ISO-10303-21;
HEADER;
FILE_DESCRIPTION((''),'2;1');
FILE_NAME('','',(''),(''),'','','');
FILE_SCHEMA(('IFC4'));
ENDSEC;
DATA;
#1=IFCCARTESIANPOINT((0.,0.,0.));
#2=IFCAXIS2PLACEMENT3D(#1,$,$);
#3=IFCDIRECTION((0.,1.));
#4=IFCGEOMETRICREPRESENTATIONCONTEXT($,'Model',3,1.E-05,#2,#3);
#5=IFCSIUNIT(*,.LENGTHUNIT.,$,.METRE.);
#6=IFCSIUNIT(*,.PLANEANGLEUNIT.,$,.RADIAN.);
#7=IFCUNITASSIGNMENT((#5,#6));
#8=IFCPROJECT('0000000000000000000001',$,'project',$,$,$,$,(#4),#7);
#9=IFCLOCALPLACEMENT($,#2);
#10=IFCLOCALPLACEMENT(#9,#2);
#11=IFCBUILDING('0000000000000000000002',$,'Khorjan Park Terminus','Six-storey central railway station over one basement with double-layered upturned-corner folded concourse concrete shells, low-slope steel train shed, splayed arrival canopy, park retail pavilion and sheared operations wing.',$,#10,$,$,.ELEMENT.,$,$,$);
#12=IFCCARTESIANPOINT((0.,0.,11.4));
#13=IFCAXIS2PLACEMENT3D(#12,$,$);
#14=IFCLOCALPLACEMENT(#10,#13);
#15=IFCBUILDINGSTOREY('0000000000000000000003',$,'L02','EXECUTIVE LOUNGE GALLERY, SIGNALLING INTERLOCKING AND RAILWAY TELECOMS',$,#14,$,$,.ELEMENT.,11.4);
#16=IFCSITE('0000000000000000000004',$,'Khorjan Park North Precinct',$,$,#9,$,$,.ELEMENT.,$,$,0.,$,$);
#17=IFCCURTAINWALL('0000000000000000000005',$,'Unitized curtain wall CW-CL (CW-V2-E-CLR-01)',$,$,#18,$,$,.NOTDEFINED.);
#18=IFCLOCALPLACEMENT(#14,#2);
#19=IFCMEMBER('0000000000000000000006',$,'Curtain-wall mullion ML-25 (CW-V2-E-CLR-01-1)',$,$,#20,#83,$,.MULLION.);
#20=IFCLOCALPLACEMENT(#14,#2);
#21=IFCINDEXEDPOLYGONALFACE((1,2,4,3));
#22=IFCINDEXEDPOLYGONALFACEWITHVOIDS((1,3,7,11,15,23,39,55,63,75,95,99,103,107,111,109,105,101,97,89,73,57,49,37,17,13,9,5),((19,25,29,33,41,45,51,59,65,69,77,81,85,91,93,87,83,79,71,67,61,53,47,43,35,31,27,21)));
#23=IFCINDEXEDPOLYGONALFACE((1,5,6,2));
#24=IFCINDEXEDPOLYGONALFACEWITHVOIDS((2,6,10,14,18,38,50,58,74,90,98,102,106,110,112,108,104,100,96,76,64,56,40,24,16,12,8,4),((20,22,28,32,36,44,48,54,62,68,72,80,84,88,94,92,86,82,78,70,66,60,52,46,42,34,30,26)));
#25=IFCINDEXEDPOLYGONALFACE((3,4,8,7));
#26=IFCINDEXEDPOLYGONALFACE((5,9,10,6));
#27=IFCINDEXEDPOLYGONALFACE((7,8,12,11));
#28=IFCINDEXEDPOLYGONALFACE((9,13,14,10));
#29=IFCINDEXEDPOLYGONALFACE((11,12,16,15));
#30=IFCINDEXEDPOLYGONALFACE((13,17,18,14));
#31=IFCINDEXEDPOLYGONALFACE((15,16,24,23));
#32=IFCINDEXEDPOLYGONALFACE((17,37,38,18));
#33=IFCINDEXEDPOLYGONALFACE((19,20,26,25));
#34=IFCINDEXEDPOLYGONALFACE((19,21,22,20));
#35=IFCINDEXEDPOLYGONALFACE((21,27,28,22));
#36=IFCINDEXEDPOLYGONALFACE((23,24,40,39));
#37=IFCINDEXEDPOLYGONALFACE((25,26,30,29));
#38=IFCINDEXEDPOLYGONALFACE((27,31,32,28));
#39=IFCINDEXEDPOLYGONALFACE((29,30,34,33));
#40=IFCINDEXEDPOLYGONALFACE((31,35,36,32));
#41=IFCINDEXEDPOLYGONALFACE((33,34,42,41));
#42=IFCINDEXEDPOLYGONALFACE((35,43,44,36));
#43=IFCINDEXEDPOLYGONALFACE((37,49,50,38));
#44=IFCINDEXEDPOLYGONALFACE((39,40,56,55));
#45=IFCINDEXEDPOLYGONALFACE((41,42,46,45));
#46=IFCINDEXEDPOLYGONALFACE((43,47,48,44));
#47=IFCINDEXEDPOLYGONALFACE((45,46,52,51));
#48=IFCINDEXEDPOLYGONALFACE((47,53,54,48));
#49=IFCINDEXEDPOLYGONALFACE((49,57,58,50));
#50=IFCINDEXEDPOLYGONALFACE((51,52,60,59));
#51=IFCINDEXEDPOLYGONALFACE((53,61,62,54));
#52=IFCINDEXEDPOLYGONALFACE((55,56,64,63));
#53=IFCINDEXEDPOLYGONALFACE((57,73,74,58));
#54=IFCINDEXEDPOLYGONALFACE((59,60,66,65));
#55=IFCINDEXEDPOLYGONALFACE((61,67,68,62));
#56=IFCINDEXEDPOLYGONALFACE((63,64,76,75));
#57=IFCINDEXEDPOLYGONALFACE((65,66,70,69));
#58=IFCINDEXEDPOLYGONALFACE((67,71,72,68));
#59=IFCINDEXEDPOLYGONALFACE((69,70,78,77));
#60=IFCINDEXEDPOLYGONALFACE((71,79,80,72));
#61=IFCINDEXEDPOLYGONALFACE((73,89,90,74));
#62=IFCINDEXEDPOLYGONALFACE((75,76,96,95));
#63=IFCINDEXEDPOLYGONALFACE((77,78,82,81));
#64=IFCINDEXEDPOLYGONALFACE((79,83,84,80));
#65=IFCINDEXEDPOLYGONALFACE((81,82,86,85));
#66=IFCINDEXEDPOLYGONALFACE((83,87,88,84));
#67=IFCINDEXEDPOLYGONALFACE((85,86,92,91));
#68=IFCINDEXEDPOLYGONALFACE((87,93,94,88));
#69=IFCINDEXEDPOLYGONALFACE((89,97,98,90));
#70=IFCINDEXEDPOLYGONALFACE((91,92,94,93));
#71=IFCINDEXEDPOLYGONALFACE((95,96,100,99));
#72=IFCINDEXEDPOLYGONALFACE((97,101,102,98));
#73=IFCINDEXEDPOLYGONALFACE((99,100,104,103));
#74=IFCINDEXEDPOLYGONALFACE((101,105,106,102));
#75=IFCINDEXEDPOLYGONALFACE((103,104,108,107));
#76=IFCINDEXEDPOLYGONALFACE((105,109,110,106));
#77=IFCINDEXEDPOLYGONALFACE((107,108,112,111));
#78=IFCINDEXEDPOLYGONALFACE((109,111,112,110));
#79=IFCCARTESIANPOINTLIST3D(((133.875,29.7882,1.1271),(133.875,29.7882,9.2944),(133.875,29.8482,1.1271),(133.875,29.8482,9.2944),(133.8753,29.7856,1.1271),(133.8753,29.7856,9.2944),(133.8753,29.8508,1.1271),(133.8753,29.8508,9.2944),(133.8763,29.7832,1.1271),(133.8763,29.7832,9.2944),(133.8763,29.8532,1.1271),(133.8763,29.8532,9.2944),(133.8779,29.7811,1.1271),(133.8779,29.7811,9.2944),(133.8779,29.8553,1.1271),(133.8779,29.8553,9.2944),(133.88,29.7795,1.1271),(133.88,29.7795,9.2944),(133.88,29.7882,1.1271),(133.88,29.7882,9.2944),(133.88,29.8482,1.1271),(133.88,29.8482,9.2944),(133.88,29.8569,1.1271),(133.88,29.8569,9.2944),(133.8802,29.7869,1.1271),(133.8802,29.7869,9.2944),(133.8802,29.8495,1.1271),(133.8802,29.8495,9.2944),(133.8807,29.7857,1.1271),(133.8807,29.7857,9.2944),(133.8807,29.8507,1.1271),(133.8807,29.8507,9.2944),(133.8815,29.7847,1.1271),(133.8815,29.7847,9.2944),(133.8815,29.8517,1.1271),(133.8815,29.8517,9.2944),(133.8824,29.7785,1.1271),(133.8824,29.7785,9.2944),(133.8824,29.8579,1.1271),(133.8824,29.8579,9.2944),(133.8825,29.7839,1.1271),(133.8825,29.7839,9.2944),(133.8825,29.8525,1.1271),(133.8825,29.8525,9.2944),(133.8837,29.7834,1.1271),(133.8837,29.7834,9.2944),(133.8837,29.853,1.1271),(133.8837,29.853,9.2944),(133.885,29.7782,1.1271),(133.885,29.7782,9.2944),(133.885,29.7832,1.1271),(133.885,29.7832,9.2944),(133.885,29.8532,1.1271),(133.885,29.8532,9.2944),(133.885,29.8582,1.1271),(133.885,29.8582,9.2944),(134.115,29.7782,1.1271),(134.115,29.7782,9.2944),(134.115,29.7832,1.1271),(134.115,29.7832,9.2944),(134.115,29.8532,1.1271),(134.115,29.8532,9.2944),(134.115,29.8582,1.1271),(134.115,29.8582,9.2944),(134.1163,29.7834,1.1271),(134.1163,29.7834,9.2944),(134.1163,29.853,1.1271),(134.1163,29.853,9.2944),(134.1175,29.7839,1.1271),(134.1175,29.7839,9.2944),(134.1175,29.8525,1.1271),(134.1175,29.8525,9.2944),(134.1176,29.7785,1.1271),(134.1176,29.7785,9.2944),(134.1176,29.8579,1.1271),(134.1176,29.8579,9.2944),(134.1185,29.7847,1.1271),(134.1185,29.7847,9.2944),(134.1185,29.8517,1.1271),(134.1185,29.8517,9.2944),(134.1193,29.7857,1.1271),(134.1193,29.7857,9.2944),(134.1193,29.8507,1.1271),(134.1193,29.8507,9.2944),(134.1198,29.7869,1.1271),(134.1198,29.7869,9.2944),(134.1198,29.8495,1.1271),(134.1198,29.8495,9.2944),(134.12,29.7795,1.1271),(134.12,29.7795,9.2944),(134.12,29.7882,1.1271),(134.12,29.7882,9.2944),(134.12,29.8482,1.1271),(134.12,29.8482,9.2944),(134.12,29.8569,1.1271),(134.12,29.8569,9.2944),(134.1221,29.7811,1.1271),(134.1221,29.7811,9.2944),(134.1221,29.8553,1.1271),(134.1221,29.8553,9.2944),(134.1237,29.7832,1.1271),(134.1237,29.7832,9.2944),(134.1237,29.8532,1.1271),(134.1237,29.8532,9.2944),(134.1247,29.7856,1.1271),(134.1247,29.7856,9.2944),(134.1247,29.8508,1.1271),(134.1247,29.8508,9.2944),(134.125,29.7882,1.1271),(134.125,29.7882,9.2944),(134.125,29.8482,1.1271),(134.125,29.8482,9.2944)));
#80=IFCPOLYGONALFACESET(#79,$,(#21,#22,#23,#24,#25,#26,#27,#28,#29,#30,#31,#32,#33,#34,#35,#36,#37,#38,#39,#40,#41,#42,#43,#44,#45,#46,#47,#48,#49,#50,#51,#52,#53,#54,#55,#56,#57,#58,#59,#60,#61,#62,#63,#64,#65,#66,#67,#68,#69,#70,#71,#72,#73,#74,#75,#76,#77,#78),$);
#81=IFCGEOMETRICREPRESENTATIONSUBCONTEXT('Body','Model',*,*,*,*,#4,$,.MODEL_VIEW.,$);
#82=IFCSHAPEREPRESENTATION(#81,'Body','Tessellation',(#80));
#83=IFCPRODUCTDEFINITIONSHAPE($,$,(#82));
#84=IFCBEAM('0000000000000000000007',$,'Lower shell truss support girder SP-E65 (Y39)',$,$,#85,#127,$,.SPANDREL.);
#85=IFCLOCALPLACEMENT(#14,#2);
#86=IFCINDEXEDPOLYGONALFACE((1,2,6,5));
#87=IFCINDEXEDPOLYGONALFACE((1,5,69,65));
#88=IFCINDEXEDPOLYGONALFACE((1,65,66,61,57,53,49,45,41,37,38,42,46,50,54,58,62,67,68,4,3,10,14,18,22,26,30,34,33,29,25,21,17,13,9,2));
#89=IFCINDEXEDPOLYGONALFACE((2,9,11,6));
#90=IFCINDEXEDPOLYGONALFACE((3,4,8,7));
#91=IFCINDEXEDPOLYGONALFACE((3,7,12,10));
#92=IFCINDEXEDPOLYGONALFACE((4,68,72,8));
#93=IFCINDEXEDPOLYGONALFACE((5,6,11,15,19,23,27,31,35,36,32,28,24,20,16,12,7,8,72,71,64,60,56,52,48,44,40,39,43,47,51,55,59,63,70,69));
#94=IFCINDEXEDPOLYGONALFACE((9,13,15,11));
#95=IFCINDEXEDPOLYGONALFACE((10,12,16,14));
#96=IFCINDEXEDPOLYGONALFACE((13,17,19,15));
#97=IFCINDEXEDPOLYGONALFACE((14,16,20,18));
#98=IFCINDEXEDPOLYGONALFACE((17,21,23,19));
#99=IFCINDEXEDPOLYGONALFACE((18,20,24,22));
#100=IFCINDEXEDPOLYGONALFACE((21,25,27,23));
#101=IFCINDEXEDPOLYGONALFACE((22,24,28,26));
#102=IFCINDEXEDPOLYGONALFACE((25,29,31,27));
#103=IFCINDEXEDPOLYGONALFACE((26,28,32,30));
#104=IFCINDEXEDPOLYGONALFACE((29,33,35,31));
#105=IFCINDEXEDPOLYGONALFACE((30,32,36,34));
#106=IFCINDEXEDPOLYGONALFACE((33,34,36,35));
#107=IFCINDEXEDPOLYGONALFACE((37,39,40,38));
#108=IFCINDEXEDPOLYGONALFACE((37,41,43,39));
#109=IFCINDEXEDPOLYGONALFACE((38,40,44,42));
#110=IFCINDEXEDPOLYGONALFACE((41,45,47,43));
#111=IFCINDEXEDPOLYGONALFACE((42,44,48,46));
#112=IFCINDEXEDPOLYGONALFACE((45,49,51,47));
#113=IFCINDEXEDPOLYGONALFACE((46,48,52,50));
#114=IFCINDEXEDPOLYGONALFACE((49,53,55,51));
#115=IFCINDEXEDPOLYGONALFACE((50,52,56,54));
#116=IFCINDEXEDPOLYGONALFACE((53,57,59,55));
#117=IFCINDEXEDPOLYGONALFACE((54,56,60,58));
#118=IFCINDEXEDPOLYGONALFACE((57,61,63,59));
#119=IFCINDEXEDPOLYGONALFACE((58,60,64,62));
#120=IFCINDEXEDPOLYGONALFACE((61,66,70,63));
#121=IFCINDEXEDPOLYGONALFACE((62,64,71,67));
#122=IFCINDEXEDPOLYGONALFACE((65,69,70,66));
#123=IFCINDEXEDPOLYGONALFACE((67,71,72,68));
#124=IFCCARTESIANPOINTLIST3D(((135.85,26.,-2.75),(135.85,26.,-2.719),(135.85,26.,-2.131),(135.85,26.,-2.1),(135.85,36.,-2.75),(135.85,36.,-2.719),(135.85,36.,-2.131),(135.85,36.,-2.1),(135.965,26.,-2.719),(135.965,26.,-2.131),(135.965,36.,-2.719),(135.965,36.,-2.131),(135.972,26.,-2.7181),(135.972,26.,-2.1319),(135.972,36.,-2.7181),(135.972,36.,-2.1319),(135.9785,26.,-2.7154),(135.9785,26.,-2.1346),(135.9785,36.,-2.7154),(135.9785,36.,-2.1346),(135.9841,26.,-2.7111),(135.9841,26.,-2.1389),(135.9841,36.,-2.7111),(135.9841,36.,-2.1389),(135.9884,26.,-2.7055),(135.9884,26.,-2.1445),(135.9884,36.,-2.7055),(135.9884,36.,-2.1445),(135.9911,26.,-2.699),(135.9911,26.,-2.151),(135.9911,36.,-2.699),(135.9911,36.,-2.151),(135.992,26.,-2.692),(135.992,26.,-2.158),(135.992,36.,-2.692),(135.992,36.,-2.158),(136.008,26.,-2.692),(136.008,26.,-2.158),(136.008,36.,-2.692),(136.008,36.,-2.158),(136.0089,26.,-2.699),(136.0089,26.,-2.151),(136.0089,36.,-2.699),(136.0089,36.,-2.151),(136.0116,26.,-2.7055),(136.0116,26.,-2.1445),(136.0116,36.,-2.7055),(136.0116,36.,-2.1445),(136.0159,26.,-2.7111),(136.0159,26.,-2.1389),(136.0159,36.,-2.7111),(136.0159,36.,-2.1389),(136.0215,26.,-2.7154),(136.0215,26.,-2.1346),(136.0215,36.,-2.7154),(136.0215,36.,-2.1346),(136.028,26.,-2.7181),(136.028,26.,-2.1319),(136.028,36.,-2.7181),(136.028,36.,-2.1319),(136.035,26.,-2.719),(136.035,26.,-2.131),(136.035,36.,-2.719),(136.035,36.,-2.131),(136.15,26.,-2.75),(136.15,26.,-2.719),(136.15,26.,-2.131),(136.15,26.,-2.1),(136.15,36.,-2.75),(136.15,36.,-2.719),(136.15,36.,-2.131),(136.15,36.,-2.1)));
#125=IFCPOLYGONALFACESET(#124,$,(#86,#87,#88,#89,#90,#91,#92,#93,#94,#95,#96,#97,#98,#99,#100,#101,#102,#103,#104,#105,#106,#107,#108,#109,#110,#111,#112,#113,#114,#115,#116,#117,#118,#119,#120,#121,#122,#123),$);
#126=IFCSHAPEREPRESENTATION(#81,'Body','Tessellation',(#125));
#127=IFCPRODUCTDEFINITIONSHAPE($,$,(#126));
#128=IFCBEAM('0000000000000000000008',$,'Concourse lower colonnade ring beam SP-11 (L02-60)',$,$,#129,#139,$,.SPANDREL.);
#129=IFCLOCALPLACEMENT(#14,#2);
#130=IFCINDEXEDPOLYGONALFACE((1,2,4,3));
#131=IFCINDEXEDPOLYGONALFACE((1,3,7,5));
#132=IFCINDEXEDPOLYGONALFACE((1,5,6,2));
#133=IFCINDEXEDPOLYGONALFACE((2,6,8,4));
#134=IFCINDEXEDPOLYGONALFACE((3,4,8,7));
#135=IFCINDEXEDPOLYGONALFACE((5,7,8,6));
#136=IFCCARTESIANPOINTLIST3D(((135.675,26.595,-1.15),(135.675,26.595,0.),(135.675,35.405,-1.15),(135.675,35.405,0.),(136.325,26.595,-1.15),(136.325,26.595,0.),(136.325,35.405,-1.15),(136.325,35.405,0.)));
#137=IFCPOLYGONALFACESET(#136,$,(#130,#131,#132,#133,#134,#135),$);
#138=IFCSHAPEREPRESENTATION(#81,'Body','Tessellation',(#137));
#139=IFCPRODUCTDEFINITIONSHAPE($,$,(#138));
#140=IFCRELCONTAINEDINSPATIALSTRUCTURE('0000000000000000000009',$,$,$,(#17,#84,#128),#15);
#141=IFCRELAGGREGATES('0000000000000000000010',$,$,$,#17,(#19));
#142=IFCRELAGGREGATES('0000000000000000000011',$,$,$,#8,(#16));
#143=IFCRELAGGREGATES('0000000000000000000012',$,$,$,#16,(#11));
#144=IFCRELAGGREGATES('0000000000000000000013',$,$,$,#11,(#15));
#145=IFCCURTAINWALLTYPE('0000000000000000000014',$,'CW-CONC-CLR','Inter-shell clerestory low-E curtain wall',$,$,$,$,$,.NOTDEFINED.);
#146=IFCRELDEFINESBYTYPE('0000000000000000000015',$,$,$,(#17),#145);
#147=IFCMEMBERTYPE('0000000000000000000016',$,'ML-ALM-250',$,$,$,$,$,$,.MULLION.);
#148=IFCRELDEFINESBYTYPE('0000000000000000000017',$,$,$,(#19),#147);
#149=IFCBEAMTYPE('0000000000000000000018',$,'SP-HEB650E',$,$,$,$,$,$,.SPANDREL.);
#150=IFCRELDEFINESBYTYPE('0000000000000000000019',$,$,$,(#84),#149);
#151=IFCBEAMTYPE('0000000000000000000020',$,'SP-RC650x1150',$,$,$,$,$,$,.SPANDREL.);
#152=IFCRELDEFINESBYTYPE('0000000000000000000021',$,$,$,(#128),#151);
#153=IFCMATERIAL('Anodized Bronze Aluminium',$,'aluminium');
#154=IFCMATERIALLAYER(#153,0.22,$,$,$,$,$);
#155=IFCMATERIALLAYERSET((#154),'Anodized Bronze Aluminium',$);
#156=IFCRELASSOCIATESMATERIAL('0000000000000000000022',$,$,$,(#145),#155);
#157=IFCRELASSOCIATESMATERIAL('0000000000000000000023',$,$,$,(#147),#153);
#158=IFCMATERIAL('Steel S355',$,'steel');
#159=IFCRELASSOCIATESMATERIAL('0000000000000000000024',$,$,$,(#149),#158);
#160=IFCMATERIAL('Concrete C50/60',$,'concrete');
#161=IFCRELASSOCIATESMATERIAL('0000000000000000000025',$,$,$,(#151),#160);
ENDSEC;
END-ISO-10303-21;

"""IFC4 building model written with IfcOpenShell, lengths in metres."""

from ifc_helpers import new_model, si_unit, direction, frame, origin, origin_2d, place, context, subcontext, project, spatial, rectangle, hollow_rectangle, i_section, extrude, material, layer, layer_set, material_profile, profile_set, type_object, element, aggregate, save


model = new_model("IFC4")

# Units and contexts
model_context = context("Model", 3, precision=1e-05, world=origin(), true_north=direction((0.0, 1.0)))
body_context = subcontext(model_context, "Body", "Model", "MODEL_VIEW")
ifc_project = project(units=[si_unit("LENGTHUNIT", "METRE"), si_unit("PLANEANGLEUNIT", "RADIAN")], contexts=[model_context])

# Site, building, storey
site_placement = place(None, origin())
site = spatial("IfcSite", under=ifc_project, at=site_placement, Name="Khorjan Park North Precinct", CompositionType="ELEMENT", RefElevation=0.0)
building_placement = place(site_placement, origin())
building = spatial("IfcBuilding", under=site, at=building_placement, Name="Khorjan Park Terminus", Description="Six-storey central railway station over one basement with double-layered upturned-corner folded concourse concrete shells, low-slope steel train shed, splayed arrival canopy, park retail pavilion and sheared operations wing.", CompositionType="ELEMENT")
storey_placement = place(building_placement, frame((0.0, 0.0, 11.4)))
storey = spatial("IfcBuildingStorey", under=building, at=storey_placement, Name="L02", Description="EXECUTIVE LOUNGE GALLERY, SIGNALLING INTERLOCKING AND RAILWAY TELECOMS", CompositionType="ELEMENT", Elevation=11.4)

# Shared definitions
ifc_material_1 = material(Name="Concrete C50/60", Category="concrete")

# Shared definitions
ifc_material_2 = material(Name="Steel S355", Category="steel")

# Curtain wall, member
ifc_material_3 = material(Name="Anodized Bronze Aluminium", Category="aluminium")
ifc_layer_1 = layer(ifc_material_3, 0.22)
ifc_layer_set_1 = layer_set([ifc_layer_1], Name="Anodized Bronze Aluminium")
curtain_wall_type = type_object("IfcCurtainWallType", Name="CW-CONC-CLR", Description="Inter-shell clerestory low-E curtain wall", PredefinedType="NOTDEFINED", material=ifc_layer_set_1)
curtain_wall_placement = place(storey_placement, origin())
curtain_wall = element("IfcCurtainWall", 1, at=curtain_wall_placement, inside=storey, type_object=curtain_wall_type, Name="Unitized curtain wall CW-CL (CW-V2-E-CLR-01)", PredefinedType="NOTDEFINED")
ifc_material_profile_1 = material_profile(ifc_material_3, hollow_rectangle(XDim=0.08, YDim=0.25, WallThickness=0.005, InnerFilletRadius=0.005, OuterFilletRadius=0.01, at=origin_2d()), Name="ALM 80x250x5")
ifc_profile_set_1 = profile_set([ifc_material_profile_1], Name="Anodized Bronze Aluminium")
member_type_1 = type_object("IfcMemberType", Name="ML-ALM-250", PredefinedType="MULLION", material=ifc_profile_set_1)
member_1_placement = place(storey_placement, frame((134.0, 29.8182, 1.1271), z_axis=(0.0, 0.0, 1.0), x_axis=(0.0, 1.0, 0.0)))
member_1 = element("IfcMember", 2, at=member_1_placement, type_object=member_type_1, Name="Curtain-wall mullion ML-25 (CW-V2-E-CLR-01-1)", PredefinedType="MULLION", context=body_context, shape_type="SweptSolid", body=[
    extrude(hollow_rectangle(XDim=0.08, YDim=0.25, WallThickness=0.005, InnerFilletRadius=0.005, OuterFilletRadius=0.01, at=origin_2d()), origin(), (0.0, 0.0, 1.0), 8.1673),
])

# Beams
ifc_material_profile_2 = material_profile(ifc_material_2, i_section(OverallWidth=0.3, OverallDepth=0.65, WebThickness=0.016, FlangeThickness=0.031, FilletRadius=0.027, at=origin_2d()), Name="HEB 650")
ifc_profile_set_2 = profile_set([ifc_material_profile_2], Name="Steel S355")
beam_type_1 = type_object("IfcBeamType", Name="SP-HEB650E", PredefinedType="SPANDREL", material=ifc_profile_set_2)
beam_1_placement = place(storey_placement, frame((136.0, 26.0, -2.425), z_axis=(0.0, 1.0, 0.0), x_axis=(-1.0, 0.0, 0.0)))
element("IfcBeam", 3, at=beam_1_placement, inside=storey, type_object=beam_type_1, Name="Lower shell truss support girder SP-E65 (Y39)", PredefinedType="SPANDREL", context=body_context, shape_type="SweptSolid", body=[
    extrude(i_section(OverallWidth=0.3, OverallDepth=0.65, WebThickness=0.016, FlangeThickness=0.031, FilletRadius=0.027, at=origin_2d()), origin(), (0.0, 0.0, 1.0), 10.0),
])
ifc_material_profile_3 = material_profile(ifc_material_1, rectangle(XDim=0.65, YDim=1.15, at=origin_2d()), Name="RC 650x1150")
ifc_profile_set_3 = profile_set([ifc_material_profile_3], Name="Concrete C50/60")
beam_type_2 = type_object("IfcBeamType", Name="SP-RC650x1150", PredefinedType="SPANDREL", material=ifc_profile_set_3)
beam_2_placement = place(storey_placement, frame((136.0, 26.595, -0.575), z_axis=(0.0, 1.0, 0.0), x_axis=(-1.0, 0.0, 0.0)))
element("IfcBeam", 4, at=beam_2_placement, inside=storey, type_object=beam_type_2, Name="Concourse lower colonnade ring beam SP-11 (L02-60)", PredefinedType="SPANDREL", context=body_context, shape_type="SweptSolid", body=[
    extrude(rectangle(XDim=0.65, YDim=1.15, at=origin_2d()), origin(), (0.0, 0.0, 1.0), 8.81),
])

aggregate(curtain_wall, [member_1])

save(model, "model.ifc")
